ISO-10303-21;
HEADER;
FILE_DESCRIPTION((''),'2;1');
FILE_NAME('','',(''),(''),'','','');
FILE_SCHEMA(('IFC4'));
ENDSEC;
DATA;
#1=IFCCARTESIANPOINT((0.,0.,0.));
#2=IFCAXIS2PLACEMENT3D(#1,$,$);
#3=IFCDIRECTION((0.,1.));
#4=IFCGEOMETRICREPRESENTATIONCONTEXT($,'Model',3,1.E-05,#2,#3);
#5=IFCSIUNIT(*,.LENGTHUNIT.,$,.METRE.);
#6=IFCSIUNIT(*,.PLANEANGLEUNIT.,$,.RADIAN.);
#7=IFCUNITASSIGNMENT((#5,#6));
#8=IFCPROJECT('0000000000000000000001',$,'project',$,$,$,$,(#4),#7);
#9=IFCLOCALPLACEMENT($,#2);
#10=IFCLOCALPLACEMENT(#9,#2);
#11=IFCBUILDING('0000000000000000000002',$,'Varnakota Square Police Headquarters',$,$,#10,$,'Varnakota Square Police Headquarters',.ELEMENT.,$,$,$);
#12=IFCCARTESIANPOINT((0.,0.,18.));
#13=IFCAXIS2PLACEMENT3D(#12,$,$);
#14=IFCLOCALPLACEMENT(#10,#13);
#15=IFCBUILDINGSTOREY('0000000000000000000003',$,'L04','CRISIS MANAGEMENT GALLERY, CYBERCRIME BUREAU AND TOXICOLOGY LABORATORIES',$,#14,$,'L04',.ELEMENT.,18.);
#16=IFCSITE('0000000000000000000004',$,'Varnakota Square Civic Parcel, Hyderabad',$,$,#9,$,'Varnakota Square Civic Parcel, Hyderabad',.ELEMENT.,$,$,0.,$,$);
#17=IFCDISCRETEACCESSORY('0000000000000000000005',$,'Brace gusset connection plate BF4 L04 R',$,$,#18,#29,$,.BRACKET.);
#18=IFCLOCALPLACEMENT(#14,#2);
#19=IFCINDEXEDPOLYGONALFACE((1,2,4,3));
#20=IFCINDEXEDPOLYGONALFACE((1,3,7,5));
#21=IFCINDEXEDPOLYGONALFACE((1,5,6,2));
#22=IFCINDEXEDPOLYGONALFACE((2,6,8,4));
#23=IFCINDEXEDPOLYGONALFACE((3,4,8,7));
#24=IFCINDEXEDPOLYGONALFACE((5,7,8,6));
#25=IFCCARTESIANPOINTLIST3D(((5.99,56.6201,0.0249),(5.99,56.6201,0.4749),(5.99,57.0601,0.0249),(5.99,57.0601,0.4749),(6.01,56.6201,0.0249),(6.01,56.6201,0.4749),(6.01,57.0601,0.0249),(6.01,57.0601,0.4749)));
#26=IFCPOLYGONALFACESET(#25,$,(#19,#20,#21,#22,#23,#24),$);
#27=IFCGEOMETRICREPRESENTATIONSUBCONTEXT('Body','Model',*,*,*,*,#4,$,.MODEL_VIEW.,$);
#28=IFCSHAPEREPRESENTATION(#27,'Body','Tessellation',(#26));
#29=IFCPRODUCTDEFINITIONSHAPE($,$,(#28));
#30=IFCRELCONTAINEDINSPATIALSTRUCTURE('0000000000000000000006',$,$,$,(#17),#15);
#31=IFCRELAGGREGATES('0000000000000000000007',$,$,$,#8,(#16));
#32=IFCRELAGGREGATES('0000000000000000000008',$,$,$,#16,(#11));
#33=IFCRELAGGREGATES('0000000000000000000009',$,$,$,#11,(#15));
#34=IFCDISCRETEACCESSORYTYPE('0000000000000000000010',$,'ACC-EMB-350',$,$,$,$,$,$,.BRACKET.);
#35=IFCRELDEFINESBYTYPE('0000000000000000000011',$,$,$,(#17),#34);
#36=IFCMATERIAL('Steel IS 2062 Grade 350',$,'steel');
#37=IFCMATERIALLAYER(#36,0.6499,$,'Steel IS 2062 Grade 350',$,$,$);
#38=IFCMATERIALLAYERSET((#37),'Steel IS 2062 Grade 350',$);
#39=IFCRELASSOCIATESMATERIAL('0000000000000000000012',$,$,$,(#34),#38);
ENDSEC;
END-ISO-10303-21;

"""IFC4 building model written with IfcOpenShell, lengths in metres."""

from ifc_helpers import new_model, si_unit, direction, frame, origin, origin_2d, place, context, subcontext, project, spatial, rectangle, extrude, material, layer, layer_set, type_object, element, save


model = new_model("IFC4")

# Units and contexts
model_context = context("Model", 3, precision=1e-05, world=origin(), true_north=direction((0.0, 1.0)))
body_context = subcontext(model_context, "Body", "Model", "MODEL_VIEW")
ifc_project = project(units=[si_unit("LENGTHUNIT", "METRE"), si_unit("PLANEANGLEUNIT", "RADIAN")], contexts=[model_context])

# Site, building, storey
site_placement = place(None, origin())
site = spatial("IfcSite", under=ifc_project, at=site_placement, Name="Varnakota Square Civic Parcel, Hyderabad", LongName="Varnakota Square Civic Parcel, Hyderabad", CompositionType="ELEMENT", RefElevation=0.0)
building_placement = place(site_placement, origin())
building = spatial("IfcBuilding", under=site, at=building_placement, Name="Varnakota Square Police Headquarters", LongName="Varnakota Square Police Headquarters", CompositionType="ELEMENT")
storey_placement = place(building_placement, frame((0.0, 0.0, 18.0)))
storey = spatial("IfcBuildingStorey", under=building, at=storey_placement, Name="L04", Description="CRISIS MANAGEMENT GALLERY, CYBERCRIME BUREAU AND TOXICOLOGY LABORATORIES", LongName="L04", CompositionType="ELEMENT", Elevation=18.0)

# Shared definitions
ifc_material_1 = material(Name="Steel IS 2062 Grade 350", Category="steel")

# Discrete accessory
ifc_layer_1 = layer(ifc_material_1, 0.6499, Name="Steel IS 2062 Grade 350")
ifc_layer_set_1 = layer_set([ifc_layer_1], Name="Steel IS 2062 Grade 350")
discrete_accessory_type = type_object("IfcDiscreteAccessoryType", Name="ACC-EMB-350", PredefinedType="BRACKET", material=ifc_layer_set_1)
discrete_accessory_placement = place(storey_placement, frame((6.0, 56.8401, 0.0249), z_axis=(0.0, 0.0, 1.0), x_axis=(0.0, 1.0, 0.0)))
element("IfcDiscreteAccessory", 1, at=discrete_accessory_placement, inside=storey, type_object=discrete_accessory_type, Name="Brace gusset connection plate BF4 L04 R", PredefinedType="BRACKET", context=body_context, shape_type="SweptSolid", body=[
    extrude(rectangle(XDim=0.4399, YDim=0.02, at=origin_2d()), origin(), (0.0, 0.0, 1.0), 0.45),
])

save(model, "model.ifc")
